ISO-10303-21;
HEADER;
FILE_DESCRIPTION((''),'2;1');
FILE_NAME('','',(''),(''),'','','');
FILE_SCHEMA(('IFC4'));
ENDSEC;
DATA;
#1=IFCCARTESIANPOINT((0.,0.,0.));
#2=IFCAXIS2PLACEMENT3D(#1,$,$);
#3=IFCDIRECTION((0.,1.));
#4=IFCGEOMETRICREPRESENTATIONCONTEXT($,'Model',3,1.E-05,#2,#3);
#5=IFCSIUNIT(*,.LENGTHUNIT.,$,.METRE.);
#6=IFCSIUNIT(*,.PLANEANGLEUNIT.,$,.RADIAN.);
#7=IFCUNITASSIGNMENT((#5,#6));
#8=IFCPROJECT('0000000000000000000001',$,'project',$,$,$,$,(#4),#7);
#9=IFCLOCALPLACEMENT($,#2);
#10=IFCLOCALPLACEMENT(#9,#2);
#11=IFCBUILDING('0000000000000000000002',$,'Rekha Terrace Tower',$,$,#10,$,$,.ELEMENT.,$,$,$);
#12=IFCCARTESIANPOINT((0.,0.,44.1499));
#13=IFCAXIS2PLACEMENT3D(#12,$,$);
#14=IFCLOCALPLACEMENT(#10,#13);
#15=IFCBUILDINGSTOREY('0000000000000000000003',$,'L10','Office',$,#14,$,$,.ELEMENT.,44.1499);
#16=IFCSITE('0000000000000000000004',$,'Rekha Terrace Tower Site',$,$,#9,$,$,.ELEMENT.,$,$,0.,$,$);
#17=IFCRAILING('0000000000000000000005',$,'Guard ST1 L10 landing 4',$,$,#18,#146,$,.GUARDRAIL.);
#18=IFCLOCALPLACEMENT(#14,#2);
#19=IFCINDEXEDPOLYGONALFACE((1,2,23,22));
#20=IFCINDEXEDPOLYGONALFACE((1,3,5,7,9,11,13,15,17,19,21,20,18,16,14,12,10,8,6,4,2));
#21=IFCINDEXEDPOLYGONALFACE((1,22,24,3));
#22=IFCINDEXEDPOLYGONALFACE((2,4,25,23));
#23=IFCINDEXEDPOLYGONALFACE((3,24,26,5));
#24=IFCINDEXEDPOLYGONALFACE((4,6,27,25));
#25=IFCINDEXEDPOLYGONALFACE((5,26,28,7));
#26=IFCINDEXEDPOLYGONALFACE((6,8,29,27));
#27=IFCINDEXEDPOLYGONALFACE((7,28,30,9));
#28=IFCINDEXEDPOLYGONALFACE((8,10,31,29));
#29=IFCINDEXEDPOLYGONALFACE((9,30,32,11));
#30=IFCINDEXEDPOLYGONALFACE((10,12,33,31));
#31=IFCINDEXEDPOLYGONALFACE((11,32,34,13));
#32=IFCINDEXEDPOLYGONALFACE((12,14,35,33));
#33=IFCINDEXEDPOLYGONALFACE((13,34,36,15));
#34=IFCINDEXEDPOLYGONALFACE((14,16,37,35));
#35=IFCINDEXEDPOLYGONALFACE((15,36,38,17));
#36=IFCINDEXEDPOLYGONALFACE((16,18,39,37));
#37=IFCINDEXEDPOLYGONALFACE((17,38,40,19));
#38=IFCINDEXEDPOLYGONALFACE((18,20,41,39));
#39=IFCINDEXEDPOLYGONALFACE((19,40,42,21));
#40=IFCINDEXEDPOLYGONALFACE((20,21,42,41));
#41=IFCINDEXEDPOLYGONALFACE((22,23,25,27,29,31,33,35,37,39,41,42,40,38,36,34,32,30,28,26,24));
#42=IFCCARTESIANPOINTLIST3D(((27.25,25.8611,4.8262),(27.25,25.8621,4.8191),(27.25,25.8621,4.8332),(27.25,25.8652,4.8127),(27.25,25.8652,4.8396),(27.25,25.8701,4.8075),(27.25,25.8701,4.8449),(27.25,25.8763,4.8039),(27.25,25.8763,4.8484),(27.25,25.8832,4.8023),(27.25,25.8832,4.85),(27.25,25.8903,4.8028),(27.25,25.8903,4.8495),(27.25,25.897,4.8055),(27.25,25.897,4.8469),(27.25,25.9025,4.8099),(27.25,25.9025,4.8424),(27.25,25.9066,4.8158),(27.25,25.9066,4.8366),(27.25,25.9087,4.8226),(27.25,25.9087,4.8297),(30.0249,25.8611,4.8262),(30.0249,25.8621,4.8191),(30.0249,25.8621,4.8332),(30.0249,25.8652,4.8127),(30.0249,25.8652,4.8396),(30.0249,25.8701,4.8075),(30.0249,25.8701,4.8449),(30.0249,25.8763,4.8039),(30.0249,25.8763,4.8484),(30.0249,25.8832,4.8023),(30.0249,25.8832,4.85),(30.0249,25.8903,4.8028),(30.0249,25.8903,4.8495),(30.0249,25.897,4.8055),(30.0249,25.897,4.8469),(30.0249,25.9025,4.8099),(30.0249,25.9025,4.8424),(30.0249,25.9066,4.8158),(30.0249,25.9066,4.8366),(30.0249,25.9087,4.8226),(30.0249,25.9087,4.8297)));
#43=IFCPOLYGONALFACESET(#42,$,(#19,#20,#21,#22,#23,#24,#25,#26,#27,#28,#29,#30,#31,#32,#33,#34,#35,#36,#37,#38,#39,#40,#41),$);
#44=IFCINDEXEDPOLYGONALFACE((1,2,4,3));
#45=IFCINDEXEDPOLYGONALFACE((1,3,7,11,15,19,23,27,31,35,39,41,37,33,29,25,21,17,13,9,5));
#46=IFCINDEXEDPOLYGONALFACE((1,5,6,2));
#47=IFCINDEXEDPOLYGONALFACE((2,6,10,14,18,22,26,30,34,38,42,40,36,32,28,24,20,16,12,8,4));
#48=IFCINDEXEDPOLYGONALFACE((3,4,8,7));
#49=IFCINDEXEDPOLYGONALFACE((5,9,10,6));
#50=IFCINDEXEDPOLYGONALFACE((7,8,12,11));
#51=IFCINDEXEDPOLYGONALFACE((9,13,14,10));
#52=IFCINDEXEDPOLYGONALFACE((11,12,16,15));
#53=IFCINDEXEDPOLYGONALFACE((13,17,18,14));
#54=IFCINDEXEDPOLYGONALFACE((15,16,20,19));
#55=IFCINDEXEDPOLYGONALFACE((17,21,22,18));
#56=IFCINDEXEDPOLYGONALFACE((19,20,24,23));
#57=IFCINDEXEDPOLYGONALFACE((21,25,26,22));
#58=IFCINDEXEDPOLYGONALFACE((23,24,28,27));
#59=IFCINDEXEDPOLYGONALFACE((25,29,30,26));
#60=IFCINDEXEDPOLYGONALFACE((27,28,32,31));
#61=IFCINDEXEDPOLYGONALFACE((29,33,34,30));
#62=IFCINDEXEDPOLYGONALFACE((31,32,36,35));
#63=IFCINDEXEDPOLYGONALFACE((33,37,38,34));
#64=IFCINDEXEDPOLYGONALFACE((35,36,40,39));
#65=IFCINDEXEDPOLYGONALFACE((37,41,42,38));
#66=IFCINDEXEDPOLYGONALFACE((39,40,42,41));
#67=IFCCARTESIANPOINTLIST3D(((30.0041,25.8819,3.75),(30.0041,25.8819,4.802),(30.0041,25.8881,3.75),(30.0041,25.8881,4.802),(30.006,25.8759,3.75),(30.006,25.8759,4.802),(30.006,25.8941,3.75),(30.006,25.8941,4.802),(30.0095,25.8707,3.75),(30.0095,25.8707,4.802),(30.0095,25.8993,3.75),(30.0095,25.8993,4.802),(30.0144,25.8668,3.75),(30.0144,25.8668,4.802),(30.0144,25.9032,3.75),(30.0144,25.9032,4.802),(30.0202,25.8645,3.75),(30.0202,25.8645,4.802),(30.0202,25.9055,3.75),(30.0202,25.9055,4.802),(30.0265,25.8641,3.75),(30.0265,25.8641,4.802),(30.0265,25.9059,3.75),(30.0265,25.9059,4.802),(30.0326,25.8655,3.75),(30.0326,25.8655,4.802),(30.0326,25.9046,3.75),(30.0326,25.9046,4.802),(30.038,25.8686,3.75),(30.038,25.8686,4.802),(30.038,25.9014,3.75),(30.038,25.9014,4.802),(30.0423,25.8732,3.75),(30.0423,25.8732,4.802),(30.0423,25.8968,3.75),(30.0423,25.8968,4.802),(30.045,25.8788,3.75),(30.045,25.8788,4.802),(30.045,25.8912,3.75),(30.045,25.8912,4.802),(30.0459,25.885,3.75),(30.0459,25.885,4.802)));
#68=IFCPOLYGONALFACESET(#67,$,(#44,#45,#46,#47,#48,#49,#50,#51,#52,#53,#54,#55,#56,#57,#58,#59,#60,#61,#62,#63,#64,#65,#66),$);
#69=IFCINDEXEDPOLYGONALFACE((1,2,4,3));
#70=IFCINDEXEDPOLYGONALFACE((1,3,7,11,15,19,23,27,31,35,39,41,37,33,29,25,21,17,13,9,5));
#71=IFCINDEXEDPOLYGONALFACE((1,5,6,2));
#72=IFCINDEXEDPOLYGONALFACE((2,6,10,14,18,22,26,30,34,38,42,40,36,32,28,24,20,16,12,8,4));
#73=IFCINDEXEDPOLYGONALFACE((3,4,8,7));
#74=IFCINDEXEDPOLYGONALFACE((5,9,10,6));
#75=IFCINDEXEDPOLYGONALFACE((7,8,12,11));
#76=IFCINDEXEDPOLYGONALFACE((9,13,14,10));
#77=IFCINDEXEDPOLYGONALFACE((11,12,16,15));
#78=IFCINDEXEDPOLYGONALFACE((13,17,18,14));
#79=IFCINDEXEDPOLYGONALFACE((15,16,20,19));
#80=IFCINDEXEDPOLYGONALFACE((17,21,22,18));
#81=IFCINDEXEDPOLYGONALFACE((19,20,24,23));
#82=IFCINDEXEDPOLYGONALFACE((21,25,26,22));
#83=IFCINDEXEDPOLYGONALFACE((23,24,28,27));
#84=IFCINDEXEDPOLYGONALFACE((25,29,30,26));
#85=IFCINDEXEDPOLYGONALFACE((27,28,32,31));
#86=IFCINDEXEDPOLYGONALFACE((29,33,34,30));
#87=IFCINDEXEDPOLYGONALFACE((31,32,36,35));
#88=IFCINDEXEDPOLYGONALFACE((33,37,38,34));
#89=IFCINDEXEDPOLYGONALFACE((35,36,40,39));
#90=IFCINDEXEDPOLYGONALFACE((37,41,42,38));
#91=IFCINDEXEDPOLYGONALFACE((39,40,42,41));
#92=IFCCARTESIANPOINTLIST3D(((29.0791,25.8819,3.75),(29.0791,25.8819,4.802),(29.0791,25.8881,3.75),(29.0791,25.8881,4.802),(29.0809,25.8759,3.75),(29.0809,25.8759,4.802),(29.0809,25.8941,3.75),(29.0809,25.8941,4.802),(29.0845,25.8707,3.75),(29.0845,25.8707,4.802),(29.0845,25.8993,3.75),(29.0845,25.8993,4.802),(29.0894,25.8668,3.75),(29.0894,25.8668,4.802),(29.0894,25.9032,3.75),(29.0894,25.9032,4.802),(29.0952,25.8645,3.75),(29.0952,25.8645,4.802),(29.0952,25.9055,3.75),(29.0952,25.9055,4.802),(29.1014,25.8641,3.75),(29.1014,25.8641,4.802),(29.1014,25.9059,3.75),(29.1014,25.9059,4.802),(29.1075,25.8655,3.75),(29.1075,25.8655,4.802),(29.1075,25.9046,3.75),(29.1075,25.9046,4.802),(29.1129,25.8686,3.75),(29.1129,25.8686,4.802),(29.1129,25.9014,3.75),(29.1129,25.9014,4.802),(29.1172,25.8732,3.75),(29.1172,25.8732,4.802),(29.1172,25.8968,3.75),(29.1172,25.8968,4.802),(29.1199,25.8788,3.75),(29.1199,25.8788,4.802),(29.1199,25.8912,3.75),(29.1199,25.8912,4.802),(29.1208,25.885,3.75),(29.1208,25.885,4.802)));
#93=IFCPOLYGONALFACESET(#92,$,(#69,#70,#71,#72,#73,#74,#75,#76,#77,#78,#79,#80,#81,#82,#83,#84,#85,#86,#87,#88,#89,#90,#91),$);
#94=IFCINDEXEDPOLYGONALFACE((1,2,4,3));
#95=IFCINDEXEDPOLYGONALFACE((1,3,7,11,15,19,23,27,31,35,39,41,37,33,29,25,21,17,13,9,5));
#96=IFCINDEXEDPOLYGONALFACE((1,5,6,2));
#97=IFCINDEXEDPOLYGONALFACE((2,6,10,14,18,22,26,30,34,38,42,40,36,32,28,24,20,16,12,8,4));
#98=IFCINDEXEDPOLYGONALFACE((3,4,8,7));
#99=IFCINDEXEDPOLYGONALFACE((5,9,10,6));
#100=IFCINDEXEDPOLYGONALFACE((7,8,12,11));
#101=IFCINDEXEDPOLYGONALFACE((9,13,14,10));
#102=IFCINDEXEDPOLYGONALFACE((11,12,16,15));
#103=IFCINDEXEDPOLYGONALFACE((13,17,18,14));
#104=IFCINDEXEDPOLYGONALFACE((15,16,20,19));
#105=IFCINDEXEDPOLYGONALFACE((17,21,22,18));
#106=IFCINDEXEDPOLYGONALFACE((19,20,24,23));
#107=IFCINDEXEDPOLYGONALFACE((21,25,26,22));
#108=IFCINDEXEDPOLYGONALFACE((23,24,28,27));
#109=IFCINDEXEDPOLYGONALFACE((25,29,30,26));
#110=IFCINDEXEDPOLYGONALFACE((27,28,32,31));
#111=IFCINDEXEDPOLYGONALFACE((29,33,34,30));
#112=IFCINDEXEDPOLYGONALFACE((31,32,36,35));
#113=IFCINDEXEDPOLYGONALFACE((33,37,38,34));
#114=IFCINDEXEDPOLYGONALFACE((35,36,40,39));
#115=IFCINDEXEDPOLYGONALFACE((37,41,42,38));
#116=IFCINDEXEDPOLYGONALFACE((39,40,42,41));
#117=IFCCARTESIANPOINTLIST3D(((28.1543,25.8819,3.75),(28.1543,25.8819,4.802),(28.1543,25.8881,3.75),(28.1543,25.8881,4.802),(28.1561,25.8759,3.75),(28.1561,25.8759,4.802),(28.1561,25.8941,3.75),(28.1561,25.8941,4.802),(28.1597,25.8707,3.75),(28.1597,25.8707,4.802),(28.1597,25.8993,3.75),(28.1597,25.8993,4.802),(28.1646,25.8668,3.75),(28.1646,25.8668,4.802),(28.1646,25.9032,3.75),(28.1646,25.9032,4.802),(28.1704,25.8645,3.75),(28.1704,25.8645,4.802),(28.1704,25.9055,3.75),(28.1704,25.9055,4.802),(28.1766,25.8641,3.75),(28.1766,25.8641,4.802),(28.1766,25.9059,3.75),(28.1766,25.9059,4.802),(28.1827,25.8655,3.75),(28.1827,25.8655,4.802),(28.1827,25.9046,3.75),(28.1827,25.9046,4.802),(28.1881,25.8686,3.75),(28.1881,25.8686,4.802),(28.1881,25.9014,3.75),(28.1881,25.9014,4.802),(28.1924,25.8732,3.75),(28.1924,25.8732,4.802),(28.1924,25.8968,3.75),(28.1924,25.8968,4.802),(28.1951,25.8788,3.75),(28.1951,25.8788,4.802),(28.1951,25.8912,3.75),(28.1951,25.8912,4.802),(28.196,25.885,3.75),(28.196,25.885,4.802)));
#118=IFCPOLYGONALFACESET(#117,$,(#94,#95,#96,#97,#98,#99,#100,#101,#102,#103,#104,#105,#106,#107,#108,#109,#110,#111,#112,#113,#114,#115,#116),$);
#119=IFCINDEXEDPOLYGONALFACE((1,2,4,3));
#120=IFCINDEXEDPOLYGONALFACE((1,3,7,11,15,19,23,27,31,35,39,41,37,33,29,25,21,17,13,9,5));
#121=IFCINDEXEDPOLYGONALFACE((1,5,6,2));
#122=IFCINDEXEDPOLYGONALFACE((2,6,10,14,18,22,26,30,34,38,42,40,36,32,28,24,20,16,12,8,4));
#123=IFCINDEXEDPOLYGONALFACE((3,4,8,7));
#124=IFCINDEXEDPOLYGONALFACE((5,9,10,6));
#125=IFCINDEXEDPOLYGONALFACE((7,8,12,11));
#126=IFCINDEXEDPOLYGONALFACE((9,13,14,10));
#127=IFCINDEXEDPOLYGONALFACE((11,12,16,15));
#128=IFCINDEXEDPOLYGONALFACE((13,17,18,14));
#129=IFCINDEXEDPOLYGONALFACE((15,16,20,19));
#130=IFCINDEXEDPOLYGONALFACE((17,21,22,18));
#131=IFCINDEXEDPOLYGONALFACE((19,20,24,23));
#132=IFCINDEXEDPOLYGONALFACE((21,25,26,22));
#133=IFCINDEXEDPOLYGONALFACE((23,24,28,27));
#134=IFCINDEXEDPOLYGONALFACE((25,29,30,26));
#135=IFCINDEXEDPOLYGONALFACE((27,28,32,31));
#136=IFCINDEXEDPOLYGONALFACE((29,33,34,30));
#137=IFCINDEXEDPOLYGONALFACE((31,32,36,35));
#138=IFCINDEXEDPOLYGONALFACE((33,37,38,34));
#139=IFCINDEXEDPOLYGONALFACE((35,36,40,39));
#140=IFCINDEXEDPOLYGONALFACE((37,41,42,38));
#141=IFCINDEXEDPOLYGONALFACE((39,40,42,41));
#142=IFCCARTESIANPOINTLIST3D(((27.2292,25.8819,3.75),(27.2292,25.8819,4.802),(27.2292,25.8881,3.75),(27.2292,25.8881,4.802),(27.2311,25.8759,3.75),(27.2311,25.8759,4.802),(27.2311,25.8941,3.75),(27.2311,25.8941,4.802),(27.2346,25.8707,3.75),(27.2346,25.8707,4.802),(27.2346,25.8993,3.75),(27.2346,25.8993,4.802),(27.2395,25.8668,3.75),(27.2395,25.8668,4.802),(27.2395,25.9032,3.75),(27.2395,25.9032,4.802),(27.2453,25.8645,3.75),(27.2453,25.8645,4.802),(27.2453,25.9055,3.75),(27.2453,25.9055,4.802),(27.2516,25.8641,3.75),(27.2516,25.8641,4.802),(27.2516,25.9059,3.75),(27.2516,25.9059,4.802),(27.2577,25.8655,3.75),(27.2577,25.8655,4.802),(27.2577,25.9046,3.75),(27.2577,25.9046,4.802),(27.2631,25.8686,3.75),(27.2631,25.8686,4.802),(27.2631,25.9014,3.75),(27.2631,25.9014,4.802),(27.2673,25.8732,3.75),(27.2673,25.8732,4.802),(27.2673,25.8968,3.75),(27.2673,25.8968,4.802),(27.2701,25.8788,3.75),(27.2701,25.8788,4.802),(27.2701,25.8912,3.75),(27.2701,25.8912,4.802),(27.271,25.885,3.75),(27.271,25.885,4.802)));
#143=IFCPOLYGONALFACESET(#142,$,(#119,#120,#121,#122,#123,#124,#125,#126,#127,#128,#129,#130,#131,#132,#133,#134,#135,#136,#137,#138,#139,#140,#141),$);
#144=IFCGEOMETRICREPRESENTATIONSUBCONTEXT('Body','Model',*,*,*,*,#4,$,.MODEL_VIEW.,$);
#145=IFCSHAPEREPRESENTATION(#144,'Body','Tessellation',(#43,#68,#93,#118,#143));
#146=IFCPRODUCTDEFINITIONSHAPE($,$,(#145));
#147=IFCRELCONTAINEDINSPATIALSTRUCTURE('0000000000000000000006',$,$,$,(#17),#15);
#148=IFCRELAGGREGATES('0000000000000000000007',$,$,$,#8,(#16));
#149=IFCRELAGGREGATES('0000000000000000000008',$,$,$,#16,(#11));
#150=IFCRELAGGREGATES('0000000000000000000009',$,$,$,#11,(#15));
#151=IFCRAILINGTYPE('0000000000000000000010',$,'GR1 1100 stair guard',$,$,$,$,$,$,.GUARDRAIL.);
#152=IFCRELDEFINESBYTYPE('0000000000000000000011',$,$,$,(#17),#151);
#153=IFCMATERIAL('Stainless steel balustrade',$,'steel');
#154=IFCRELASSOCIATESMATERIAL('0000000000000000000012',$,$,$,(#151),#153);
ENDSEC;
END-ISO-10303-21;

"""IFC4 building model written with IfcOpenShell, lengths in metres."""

from ifc_helpers import new_model, si_unit, direction, frame, origin, origin_2d, place, context, subcontext, project, spatial, circle, extrude, material, type_object, element, save


model = new_model("IFC4")

# Units and contexts
model_context = context("Model", 3, precision=1e-05, world=origin(), true_north=direction((0.0, 1.0)))
body_context = subcontext(model_context, "Body", "Model", "MODEL_VIEW")
ifc_project = project(units=[si_unit("LENGTHUNIT", "METRE"), si_unit("PLANEANGLEUNIT", "RADIAN")], contexts=[model_context])

# Site, building, storey
site_placement = place(None, origin())
site = spatial("IfcSite", under=ifc_project, at=site_placement, Name="Rekha Terrace Tower Site", CompositionType="ELEMENT", RefElevation=0.0)
building_placement = place(site_placement, origin())
building = spatial("IfcBuilding", under=site, at=building_placement, Name="Rekha Terrace Tower", CompositionType="ELEMENT")
storey_placement = place(building_placement, frame((0.0, 0.0, 44.1499)))
storey = spatial("IfcBuildingStorey", under=building, at=storey_placement, Name="L10", Description="Office", CompositionType="ELEMENT", Elevation=44.1499)

# Railing
ifc_material_1 = material(Name="Stainless steel balustrade", Category="steel")
railing_type_1 = type_object("IfcRailingType", Name="GR1 1100 stair guard", PredefinedType="GUARDRAIL", material=ifc_material_1)
railing_1_placement = place(storey_placement, frame((30.0249, 25.885, 3.75)))
element("IfcRailing", 1, at=railing_1_placement, inside=storey, type_object=railing_type_1, Name="Guard ST1 L10 landing 4", PredefinedType="GUARDRAIL", context=body_context, shape_type="SweptSolid", body=[
    extrude(circle(Radius=0.0239, at=origin_2d()), frame((0.0, 0.0, 1.0762), z_axis=(-1.0, 0.0, 0.0), x_axis=(0.0, -1.0, 0.0)), (0.0, 0.0, 1.0), 2.7749),
    extrude(circle(Radius=0.021, at=origin_2d()), origin(), (0.0, 0.0, 1.0), 1.052),
    extrude(circle(Radius=0.021, at=origin_2d()), frame((-0.925, 0.0, 0.0)), (0.0, 0.0, 1.0), 1.052),
    extrude(circle(Radius=0.021, at=origin_2d()), frame((-1.8499, 0.0, 0.0)), (0.0, 0.0, 1.0), 1.052),
    extrude(circle(Radius=0.021, at=origin_2d()), frame((-2.7749, 0.0, 0.0)), (0.0, 0.0, 1.0), 1.052),
])

save(model, "model.ifc")
